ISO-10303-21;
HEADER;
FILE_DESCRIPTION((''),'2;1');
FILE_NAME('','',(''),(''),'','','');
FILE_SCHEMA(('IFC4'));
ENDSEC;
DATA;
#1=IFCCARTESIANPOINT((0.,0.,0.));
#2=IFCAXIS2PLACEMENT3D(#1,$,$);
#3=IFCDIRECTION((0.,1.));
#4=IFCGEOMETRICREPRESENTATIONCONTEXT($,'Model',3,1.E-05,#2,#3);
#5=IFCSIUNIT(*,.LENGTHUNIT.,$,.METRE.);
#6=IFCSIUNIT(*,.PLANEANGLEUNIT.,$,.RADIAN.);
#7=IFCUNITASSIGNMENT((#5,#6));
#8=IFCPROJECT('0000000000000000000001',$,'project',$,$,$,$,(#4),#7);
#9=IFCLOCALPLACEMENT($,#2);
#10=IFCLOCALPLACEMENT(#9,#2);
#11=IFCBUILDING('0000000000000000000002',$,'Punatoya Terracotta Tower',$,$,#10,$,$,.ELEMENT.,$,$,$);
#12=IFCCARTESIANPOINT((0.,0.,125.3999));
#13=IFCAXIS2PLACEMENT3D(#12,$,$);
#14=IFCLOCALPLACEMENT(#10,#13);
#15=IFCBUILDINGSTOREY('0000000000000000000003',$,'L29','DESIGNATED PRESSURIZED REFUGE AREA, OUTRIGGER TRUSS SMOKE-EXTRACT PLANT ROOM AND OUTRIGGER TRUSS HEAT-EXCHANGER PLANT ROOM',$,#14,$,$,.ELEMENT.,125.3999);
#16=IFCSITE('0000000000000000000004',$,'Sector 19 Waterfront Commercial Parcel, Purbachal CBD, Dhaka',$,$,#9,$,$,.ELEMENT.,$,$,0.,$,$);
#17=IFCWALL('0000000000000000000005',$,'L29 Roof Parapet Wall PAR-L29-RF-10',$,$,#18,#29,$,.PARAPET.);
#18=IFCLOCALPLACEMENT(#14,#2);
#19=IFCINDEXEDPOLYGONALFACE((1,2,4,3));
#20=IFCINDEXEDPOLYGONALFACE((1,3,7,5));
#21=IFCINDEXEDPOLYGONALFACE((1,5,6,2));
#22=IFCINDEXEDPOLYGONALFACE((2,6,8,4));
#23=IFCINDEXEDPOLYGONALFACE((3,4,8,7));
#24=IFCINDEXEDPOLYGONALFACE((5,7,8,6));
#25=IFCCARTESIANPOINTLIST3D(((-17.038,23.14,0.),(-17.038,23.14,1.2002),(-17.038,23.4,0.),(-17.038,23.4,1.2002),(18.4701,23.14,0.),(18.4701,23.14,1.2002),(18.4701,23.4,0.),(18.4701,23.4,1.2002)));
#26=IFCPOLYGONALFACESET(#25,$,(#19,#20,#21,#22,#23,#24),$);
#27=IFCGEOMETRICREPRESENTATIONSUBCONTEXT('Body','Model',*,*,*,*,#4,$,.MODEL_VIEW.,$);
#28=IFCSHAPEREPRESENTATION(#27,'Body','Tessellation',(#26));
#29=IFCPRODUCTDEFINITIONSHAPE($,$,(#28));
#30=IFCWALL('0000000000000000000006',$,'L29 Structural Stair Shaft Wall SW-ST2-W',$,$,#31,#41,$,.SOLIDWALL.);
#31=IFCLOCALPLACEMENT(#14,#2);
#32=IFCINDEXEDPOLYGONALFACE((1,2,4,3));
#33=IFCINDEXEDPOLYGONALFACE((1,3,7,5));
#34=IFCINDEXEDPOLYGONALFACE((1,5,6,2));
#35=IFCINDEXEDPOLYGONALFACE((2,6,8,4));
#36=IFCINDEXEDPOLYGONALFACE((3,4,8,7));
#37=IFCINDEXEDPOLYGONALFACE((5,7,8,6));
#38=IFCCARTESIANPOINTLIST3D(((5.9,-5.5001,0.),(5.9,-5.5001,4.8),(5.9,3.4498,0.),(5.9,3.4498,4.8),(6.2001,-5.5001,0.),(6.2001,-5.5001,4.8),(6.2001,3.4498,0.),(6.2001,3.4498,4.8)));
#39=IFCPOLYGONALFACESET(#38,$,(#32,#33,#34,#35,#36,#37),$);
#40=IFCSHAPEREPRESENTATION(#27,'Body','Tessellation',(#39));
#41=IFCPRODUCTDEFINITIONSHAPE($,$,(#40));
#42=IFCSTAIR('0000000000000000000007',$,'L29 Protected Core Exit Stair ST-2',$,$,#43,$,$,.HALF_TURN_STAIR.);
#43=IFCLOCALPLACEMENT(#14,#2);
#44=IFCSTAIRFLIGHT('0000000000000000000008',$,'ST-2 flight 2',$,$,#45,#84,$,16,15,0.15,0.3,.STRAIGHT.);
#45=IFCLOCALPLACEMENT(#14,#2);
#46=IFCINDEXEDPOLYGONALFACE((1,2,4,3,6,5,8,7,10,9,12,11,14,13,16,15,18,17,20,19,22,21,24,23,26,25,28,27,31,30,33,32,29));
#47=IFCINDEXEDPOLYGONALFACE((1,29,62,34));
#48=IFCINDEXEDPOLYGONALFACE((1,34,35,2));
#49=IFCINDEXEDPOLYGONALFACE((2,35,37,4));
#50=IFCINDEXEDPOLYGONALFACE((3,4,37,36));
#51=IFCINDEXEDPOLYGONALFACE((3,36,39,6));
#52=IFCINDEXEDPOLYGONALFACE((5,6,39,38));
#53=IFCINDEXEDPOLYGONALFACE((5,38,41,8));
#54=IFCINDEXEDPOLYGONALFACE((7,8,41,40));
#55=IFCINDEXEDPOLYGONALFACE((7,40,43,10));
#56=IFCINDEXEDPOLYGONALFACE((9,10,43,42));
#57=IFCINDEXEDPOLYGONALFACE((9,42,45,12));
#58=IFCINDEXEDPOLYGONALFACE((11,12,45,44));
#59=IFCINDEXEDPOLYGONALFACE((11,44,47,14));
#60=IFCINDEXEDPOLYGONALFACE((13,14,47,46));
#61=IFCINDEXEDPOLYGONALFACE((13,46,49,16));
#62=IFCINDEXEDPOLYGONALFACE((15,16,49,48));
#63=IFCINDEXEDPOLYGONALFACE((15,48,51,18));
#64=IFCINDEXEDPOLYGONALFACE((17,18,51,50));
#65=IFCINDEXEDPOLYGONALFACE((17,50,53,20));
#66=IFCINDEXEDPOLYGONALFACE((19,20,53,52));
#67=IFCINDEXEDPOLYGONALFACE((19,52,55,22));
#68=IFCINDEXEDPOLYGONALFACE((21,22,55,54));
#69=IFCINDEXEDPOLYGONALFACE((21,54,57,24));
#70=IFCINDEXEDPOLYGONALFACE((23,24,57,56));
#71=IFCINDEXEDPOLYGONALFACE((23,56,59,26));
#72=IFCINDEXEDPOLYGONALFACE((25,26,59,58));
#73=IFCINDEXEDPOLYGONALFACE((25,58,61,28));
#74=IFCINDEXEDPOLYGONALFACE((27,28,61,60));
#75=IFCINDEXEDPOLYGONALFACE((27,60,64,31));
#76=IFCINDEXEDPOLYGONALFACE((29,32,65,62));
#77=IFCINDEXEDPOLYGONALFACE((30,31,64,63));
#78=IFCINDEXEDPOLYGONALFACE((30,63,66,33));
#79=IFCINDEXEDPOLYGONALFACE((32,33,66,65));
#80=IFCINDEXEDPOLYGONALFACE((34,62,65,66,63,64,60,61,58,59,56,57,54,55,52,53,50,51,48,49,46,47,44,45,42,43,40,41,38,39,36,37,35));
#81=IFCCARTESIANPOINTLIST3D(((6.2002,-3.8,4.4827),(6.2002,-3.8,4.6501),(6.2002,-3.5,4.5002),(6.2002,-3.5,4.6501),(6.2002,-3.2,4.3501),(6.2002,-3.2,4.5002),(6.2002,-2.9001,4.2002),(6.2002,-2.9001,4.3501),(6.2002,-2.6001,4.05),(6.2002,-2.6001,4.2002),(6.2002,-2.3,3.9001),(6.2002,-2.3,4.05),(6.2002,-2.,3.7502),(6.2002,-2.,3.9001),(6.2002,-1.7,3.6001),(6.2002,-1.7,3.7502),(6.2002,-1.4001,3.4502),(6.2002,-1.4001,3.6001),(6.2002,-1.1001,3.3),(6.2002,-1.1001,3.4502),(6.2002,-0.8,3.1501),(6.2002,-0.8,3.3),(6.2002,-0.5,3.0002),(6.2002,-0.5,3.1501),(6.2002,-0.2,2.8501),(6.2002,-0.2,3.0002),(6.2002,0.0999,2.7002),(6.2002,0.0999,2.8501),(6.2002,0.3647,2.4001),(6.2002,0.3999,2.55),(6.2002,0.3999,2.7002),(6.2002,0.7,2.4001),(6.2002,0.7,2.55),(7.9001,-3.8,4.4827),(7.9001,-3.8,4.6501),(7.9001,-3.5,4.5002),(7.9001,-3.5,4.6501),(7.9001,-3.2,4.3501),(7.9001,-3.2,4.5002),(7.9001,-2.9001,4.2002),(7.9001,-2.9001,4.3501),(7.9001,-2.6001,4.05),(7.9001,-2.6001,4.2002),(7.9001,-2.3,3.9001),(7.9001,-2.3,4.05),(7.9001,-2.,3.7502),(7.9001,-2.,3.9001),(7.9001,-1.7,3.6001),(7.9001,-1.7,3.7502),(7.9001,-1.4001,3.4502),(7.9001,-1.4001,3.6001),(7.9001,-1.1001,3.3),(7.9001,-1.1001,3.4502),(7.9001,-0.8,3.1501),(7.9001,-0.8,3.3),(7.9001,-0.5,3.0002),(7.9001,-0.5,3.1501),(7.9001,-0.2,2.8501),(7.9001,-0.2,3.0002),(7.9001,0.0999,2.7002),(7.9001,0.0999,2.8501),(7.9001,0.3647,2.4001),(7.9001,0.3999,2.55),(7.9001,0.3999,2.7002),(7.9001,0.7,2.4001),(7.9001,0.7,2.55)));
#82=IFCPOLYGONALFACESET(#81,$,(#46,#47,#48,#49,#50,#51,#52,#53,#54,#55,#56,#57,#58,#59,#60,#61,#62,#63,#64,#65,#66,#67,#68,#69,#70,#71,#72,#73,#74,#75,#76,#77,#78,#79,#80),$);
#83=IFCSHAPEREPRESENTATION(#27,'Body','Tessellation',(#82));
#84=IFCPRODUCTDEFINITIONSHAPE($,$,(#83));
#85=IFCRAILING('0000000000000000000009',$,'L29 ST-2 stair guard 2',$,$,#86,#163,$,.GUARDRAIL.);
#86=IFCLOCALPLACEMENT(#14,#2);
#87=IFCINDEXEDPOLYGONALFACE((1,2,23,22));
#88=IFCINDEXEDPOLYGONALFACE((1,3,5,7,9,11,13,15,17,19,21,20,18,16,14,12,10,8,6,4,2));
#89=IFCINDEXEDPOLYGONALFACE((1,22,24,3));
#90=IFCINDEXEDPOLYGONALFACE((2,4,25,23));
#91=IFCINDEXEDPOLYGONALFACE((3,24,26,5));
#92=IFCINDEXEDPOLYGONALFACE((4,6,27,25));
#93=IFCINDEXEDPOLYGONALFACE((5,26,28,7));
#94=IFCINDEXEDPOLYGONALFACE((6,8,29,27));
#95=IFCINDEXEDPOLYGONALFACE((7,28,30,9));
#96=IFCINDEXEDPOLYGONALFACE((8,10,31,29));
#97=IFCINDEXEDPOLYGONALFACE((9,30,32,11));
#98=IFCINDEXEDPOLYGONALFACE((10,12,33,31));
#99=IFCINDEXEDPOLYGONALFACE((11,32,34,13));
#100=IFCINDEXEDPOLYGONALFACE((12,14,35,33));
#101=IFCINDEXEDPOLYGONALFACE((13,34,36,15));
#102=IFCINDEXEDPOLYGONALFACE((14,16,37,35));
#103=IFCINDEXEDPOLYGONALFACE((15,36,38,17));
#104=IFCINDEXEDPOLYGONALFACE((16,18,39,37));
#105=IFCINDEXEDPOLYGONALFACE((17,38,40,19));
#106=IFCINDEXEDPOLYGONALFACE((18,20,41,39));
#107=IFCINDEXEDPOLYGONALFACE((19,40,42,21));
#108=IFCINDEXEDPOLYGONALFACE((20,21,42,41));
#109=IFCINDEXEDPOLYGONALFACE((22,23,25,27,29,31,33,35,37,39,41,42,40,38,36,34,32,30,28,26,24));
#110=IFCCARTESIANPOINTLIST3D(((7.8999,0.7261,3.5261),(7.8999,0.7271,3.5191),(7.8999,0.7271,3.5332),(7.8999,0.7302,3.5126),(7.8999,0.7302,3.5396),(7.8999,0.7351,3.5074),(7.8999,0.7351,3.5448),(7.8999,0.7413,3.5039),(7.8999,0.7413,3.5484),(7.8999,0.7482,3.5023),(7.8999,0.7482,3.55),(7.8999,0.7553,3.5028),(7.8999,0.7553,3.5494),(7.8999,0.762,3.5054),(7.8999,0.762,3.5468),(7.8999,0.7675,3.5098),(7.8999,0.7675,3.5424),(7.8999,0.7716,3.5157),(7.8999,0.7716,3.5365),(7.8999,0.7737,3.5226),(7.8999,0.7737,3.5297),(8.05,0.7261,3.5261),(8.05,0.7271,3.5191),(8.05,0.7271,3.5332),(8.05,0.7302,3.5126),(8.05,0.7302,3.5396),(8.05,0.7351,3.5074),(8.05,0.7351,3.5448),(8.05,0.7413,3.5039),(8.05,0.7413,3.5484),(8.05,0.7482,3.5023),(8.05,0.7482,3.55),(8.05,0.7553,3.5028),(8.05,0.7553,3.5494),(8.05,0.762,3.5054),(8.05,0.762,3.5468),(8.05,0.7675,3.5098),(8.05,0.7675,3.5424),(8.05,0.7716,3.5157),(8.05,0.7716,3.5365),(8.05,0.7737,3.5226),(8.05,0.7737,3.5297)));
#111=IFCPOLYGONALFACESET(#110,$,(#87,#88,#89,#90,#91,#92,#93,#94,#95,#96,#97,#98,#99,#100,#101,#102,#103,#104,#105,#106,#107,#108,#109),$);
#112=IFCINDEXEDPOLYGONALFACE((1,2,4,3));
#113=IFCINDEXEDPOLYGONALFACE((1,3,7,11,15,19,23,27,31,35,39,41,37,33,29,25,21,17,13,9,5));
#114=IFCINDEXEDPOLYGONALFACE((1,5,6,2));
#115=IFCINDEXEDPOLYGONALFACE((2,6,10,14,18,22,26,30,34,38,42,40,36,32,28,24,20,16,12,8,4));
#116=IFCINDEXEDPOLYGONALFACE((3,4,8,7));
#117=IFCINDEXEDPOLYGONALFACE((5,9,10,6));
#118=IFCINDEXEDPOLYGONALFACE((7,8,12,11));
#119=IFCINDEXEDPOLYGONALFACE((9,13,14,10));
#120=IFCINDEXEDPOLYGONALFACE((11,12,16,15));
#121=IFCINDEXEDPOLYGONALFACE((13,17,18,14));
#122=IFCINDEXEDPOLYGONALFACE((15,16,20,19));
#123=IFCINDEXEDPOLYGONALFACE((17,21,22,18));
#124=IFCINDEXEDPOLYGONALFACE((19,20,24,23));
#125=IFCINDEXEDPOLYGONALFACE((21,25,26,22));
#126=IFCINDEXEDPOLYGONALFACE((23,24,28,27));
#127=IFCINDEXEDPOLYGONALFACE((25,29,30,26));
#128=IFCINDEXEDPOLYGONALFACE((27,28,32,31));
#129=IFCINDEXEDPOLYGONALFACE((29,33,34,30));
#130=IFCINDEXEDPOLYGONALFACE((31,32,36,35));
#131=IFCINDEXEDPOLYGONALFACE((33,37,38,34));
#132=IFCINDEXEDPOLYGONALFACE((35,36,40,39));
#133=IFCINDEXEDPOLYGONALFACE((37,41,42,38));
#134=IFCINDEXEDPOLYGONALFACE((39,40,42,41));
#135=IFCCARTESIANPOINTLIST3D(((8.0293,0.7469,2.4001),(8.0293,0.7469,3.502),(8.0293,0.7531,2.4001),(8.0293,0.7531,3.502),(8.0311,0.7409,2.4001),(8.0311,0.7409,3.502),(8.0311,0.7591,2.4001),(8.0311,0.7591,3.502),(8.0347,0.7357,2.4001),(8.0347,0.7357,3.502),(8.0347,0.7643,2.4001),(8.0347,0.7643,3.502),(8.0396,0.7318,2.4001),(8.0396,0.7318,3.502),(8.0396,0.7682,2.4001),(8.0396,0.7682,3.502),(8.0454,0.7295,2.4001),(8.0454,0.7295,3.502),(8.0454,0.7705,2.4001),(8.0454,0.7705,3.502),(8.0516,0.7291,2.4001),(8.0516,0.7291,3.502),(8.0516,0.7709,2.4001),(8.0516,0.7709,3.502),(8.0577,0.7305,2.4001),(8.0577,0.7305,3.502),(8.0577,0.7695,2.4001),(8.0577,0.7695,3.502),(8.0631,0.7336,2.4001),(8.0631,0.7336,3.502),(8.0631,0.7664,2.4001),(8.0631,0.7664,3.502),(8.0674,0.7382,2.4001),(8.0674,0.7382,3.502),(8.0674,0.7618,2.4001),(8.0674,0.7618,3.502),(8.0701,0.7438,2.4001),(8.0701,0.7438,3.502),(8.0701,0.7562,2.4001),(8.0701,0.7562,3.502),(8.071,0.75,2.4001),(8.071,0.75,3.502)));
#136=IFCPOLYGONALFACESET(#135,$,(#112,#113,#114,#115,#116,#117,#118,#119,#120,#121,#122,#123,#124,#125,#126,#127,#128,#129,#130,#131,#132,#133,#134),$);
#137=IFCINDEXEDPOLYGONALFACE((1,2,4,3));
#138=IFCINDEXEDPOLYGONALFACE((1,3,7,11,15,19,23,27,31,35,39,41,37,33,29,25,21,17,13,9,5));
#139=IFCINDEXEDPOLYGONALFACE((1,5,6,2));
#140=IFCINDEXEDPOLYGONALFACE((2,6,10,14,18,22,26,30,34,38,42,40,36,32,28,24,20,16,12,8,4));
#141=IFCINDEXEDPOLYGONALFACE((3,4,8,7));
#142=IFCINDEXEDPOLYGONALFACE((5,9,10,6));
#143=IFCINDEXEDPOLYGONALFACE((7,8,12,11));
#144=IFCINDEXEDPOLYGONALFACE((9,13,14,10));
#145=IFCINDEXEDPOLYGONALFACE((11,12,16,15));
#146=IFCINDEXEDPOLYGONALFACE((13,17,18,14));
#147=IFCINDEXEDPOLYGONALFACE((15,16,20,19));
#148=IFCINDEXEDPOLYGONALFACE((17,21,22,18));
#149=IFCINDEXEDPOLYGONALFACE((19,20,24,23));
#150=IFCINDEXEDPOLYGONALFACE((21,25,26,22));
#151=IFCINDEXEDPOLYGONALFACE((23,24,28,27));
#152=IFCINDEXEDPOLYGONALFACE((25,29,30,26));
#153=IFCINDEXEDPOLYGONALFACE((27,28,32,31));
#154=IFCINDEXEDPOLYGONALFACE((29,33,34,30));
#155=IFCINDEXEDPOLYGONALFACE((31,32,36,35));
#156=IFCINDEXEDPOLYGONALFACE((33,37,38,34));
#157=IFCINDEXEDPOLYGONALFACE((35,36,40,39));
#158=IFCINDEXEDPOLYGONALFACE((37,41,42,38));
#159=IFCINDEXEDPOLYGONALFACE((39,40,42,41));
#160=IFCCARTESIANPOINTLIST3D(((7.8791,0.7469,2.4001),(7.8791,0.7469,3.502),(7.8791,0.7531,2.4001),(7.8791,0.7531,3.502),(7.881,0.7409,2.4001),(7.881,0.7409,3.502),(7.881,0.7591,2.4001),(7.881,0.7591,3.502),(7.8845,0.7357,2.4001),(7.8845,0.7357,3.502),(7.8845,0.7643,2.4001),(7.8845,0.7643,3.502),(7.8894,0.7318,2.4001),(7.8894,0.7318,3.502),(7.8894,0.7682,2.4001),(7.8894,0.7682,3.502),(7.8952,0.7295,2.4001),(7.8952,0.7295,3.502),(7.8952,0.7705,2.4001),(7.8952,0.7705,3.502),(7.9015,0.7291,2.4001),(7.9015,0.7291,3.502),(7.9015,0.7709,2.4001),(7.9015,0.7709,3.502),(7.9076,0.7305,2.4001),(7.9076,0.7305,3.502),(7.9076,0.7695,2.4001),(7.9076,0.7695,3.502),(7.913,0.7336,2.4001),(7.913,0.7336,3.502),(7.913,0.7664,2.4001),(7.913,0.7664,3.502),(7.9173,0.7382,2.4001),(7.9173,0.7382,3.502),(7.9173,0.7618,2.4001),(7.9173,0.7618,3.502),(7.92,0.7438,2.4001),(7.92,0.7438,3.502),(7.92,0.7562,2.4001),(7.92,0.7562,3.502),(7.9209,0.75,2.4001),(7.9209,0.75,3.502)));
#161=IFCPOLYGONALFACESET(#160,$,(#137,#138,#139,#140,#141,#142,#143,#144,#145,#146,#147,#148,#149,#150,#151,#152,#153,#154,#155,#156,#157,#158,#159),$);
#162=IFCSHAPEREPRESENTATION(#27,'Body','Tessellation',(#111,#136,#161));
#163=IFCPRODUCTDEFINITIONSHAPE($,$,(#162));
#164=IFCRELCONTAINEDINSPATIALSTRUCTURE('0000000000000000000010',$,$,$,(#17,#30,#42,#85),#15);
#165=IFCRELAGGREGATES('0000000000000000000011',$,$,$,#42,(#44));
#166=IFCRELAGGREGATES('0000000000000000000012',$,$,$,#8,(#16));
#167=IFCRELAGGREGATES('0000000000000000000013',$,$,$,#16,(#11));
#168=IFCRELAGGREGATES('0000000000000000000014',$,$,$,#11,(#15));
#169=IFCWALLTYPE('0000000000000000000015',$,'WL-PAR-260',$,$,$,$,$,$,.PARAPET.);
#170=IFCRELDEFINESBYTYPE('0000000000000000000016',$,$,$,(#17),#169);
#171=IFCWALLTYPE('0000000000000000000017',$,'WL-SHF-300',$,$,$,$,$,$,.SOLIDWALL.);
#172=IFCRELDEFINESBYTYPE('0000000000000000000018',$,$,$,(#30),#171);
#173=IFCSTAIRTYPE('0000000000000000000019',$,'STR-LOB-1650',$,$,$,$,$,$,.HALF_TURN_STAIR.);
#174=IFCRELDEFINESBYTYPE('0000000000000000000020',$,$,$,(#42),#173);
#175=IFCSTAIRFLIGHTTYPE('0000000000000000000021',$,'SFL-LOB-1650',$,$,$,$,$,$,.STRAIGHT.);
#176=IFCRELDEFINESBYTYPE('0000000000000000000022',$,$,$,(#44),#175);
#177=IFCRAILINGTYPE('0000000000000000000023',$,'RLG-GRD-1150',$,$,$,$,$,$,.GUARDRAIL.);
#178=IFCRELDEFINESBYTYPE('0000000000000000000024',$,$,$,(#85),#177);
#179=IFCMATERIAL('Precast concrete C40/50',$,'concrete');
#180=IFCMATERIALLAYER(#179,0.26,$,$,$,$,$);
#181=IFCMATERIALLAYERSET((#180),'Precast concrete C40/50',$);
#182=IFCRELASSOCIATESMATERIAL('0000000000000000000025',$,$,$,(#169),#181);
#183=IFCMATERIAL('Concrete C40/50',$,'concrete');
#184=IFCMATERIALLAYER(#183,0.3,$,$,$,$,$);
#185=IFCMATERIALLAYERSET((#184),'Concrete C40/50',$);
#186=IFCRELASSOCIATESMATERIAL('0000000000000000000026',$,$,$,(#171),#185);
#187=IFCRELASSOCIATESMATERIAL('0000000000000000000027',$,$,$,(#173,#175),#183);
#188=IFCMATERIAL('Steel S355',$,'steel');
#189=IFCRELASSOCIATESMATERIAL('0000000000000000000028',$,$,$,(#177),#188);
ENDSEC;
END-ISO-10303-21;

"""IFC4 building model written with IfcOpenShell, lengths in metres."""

from ifc_helpers import new_model, si_unit, direction, frame, frame_2d, origin, origin_2d, place, context, subcontext, project, spatial, polyline, rectangle, circle, outline, extrude, material, layer, layer_set, type_object, element, aggregate, save


model = new_model("IFC4")

# Units and contexts
model_context = context("Model", 3, precision=1e-05, world=origin(), true_north=direction((0.0, 1.0)))
body_context = subcontext(model_context, "Body", "Model", "MODEL_VIEW")
ifc_project = project(units=[si_unit("LENGTHUNIT", "METRE"), si_unit("PLANEANGLEUNIT", "RADIAN")], contexts=[model_context])

# Site, building, storey
site_placement = place(None, origin())
site = spatial("IfcSite", under=ifc_project, at=site_placement, Name="Sector 19 Waterfront Commercial Parcel, Purbachal CBD, Dhaka", CompositionType="ELEMENT", RefElevation=0.0)
building_placement = place(site_placement, origin())
building = spatial("IfcBuilding", under=site, at=building_placement, Name="Punatoya Terracotta Tower", CompositionType="ELEMENT")
storey_placement = place(building_placement, frame((0.0, 0.0, 125.3999)))
storey = spatial("IfcBuildingStorey", under=building, at=storey_placement, Name="L29", Description="DESIGNATED PRESSURIZED REFUGE AREA, OUTRIGGER TRUSS SMOKE-EXTRACT PLANT ROOM AND OUTRIGGER TRUSS HEAT-EXCHANGER PLANT ROOM", CompositionType="ELEMENT", Elevation=125.3999)

# Shared definitions
ifc_material_1 = material(Name="Steel S355", Category="steel")

# Shared definitions
ifc_material_2 = material(Name="Precast concrete C40/50", Category="concrete")

# Shared definitions
ifc_material_3 = material(Name="Concrete C40/50", Category="concrete")

# Walls
ifc_layer_1 = layer(ifc_material_2, 0.26)
ifc_layer_set_1 = layer_set([ifc_layer_1], Name="Precast concrete C40/50")
wall_type_1 = type_object("IfcWallType", Name="WL-PAR-260", PredefinedType="PARAPET", material=ifc_layer_set_1)
wall_1_placement = place(storey_placement, frame((18.47, 23.27, 0.0), z_axis=(0.0, 0.0, 1.0), x_axis=(-1.0, 0.0, 0.0)))
element("IfcWall", 1, at=wall_1_placement, inside=storey, type_object=wall_type_1, Name="L29 Roof Parapet Wall PAR-L29-RF-10", PredefinedType="PARAPET", context=body_context, shape_type="SweptSolid", body=[
    extrude(rectangle(XDim=35.5081, YDim=0.26, at=frame_2d((17.7539, 0.0))), origin(), (0.0, 0.0, 1.0), 1.2002),
])
ifc_layer_2 = layer(ifc_material_3, 0.3)
ifc_layer_set_2 = layer_set([ifc_layer_2], Name="Concrete C40/50")
wall_type_2 = type_object("IfcWallType", Name="WL-SHF-300", PredefinedType="SOLIDWALL", material=ifc_layer_set_2)
wall_2_placement = place(storey_placement, frame((6.05, 3.45, 0.0), z_axis=(0.0, 0.0, 1.0), x_axis=(0.0, -1.0, 0.0)))
element("IfcWall", 2, at=wall_2_placement, inside=storey, type_object=wall_type_2, Name="L29 Structural Stair Shaft Wall SW-ST2-W", PredefinedType="SOLIDWALL", context=body_context, shape_type="SweptSolid", body=[
    extrude(rectangle(XDim=8.95, YDim=0.3, at=frame_2d((4.4751, 0.0))), origin(), (0.0, 0.0, 1.0), 4.8),
])

# Stair, stair flight
stair_type = type_object("IfcStairType", Name="STR-LOB-1650", PredefinedType="HALF_TURN_STAIR", material=ifc_material_3)
stair_placement = place(storey_placement, origin())
stair = element("IfcStair", 3, at=stair_placement, inside=storey, type_object=stair_type, Name="L29 Protected Core Exit Stair ST-2", PredefinedType="HALF_TURN_STAIR")
stair_flight_type = type_object("IfcStairFlightType", Name="SFL-LOB-1650", PredefinedType="STRAIGHT", material=ifc_material_3)
stair_flight_placement = place(storey_placement, frame((7.05, 0.7, 2.4001), z_axis=(0.0, 0.0, 1.0), x_axis=(0.0, -1.0, 0.0)))
stair_flight = element("IfcStairFlight", 4, at=stair_flight_placement, type_object=stair_flight_type, Name="ST-2 flight 2", NumberOfRisers=16, NumberOfTreads=15, PredefinedType="STRAIGHT", RiserHeight=0.15, TreadLength=0.3, context=body_context, shape_type="SweptSolid", body=[
    extrude(outline(polyline([(0.0, 0.0), (0.0, 0.1499), (0.3, 0.1499), (0.3, 0.3), (0.6001, 0.3), (0.6001, 0.45), (0.8999, 0.45), (0.8999, 0.6001), (1.2, 0.6001), (1.2, 0.75), (1.5, 0.75), (1.5, 0.8999), (1.8, 0.8999), (1.8, 1.05), (2.1001, 1.05), (2.1001, 1.2), (2.3999, 1.2), (2.3999, 1.3501), (2.7, 1.3501), (2.7, 1.5), (3.0, 1.5), (3.0, 1.6499), (3.3, 1.6499), (3.3, 1.8), (3.6001, 1.8), (3.6001, 1.95), (3.8999, 1.95), (3.8999, 2.1001), (4.2, 2.1001), (4.2, 2.25), (4.5, 2.25), (4.5, 2.3999), (4.5, 2.0825), (0.3352, 0.0), (0.0, 0.0)])), frame((0.0, 0.8501, 0.0), z_axis=(0.0, -1.0, 0.0), x_axis=(1.0, 0.0, 0.0)), (0.0, 0.0, 1.0), 1.7),
])
aggregate(stair, [stair_flight])

# Railing
railing_type_1 = type_object("IfcRailingType", Name="RLG-GRD-1150", PredefinedType="GUARDRAIL", material=ifc_material_1)
railing_1_placement = place(storey_placement, frame((8.05, 0.75, 2.4001)))
element("IfcRailing", 5, at=railing_1_placement, inside=storey, type_object=railing_type_1, Name="L29 ST-2 stair guard 2", PredefinedType="GUARDRAIL", context=body_context, shape_type="SweptSolid", body=[
    extrude(circle(Radius=0.0239, at=origin_2d()), frame((0.0, 0.0, 1.126), z_axis=(-1.0, 0.0, 0.0), x_axis=(0.0, -1.0, 0.0)), (0.0, 0.0, 1.0), 0.1501),
    extrude(circle(Radius=0.021, at=origin_2d()), origin(), (0.0, 0.0, 1.0), 1.1018),
    extrude(circle(Radius=0.021, at=origin_2d()), frame((-0.1501, 0.0, 0.0)), (0.0, 0.0, 1.0), 1.1018),
])

save(model, "model.ifc")
